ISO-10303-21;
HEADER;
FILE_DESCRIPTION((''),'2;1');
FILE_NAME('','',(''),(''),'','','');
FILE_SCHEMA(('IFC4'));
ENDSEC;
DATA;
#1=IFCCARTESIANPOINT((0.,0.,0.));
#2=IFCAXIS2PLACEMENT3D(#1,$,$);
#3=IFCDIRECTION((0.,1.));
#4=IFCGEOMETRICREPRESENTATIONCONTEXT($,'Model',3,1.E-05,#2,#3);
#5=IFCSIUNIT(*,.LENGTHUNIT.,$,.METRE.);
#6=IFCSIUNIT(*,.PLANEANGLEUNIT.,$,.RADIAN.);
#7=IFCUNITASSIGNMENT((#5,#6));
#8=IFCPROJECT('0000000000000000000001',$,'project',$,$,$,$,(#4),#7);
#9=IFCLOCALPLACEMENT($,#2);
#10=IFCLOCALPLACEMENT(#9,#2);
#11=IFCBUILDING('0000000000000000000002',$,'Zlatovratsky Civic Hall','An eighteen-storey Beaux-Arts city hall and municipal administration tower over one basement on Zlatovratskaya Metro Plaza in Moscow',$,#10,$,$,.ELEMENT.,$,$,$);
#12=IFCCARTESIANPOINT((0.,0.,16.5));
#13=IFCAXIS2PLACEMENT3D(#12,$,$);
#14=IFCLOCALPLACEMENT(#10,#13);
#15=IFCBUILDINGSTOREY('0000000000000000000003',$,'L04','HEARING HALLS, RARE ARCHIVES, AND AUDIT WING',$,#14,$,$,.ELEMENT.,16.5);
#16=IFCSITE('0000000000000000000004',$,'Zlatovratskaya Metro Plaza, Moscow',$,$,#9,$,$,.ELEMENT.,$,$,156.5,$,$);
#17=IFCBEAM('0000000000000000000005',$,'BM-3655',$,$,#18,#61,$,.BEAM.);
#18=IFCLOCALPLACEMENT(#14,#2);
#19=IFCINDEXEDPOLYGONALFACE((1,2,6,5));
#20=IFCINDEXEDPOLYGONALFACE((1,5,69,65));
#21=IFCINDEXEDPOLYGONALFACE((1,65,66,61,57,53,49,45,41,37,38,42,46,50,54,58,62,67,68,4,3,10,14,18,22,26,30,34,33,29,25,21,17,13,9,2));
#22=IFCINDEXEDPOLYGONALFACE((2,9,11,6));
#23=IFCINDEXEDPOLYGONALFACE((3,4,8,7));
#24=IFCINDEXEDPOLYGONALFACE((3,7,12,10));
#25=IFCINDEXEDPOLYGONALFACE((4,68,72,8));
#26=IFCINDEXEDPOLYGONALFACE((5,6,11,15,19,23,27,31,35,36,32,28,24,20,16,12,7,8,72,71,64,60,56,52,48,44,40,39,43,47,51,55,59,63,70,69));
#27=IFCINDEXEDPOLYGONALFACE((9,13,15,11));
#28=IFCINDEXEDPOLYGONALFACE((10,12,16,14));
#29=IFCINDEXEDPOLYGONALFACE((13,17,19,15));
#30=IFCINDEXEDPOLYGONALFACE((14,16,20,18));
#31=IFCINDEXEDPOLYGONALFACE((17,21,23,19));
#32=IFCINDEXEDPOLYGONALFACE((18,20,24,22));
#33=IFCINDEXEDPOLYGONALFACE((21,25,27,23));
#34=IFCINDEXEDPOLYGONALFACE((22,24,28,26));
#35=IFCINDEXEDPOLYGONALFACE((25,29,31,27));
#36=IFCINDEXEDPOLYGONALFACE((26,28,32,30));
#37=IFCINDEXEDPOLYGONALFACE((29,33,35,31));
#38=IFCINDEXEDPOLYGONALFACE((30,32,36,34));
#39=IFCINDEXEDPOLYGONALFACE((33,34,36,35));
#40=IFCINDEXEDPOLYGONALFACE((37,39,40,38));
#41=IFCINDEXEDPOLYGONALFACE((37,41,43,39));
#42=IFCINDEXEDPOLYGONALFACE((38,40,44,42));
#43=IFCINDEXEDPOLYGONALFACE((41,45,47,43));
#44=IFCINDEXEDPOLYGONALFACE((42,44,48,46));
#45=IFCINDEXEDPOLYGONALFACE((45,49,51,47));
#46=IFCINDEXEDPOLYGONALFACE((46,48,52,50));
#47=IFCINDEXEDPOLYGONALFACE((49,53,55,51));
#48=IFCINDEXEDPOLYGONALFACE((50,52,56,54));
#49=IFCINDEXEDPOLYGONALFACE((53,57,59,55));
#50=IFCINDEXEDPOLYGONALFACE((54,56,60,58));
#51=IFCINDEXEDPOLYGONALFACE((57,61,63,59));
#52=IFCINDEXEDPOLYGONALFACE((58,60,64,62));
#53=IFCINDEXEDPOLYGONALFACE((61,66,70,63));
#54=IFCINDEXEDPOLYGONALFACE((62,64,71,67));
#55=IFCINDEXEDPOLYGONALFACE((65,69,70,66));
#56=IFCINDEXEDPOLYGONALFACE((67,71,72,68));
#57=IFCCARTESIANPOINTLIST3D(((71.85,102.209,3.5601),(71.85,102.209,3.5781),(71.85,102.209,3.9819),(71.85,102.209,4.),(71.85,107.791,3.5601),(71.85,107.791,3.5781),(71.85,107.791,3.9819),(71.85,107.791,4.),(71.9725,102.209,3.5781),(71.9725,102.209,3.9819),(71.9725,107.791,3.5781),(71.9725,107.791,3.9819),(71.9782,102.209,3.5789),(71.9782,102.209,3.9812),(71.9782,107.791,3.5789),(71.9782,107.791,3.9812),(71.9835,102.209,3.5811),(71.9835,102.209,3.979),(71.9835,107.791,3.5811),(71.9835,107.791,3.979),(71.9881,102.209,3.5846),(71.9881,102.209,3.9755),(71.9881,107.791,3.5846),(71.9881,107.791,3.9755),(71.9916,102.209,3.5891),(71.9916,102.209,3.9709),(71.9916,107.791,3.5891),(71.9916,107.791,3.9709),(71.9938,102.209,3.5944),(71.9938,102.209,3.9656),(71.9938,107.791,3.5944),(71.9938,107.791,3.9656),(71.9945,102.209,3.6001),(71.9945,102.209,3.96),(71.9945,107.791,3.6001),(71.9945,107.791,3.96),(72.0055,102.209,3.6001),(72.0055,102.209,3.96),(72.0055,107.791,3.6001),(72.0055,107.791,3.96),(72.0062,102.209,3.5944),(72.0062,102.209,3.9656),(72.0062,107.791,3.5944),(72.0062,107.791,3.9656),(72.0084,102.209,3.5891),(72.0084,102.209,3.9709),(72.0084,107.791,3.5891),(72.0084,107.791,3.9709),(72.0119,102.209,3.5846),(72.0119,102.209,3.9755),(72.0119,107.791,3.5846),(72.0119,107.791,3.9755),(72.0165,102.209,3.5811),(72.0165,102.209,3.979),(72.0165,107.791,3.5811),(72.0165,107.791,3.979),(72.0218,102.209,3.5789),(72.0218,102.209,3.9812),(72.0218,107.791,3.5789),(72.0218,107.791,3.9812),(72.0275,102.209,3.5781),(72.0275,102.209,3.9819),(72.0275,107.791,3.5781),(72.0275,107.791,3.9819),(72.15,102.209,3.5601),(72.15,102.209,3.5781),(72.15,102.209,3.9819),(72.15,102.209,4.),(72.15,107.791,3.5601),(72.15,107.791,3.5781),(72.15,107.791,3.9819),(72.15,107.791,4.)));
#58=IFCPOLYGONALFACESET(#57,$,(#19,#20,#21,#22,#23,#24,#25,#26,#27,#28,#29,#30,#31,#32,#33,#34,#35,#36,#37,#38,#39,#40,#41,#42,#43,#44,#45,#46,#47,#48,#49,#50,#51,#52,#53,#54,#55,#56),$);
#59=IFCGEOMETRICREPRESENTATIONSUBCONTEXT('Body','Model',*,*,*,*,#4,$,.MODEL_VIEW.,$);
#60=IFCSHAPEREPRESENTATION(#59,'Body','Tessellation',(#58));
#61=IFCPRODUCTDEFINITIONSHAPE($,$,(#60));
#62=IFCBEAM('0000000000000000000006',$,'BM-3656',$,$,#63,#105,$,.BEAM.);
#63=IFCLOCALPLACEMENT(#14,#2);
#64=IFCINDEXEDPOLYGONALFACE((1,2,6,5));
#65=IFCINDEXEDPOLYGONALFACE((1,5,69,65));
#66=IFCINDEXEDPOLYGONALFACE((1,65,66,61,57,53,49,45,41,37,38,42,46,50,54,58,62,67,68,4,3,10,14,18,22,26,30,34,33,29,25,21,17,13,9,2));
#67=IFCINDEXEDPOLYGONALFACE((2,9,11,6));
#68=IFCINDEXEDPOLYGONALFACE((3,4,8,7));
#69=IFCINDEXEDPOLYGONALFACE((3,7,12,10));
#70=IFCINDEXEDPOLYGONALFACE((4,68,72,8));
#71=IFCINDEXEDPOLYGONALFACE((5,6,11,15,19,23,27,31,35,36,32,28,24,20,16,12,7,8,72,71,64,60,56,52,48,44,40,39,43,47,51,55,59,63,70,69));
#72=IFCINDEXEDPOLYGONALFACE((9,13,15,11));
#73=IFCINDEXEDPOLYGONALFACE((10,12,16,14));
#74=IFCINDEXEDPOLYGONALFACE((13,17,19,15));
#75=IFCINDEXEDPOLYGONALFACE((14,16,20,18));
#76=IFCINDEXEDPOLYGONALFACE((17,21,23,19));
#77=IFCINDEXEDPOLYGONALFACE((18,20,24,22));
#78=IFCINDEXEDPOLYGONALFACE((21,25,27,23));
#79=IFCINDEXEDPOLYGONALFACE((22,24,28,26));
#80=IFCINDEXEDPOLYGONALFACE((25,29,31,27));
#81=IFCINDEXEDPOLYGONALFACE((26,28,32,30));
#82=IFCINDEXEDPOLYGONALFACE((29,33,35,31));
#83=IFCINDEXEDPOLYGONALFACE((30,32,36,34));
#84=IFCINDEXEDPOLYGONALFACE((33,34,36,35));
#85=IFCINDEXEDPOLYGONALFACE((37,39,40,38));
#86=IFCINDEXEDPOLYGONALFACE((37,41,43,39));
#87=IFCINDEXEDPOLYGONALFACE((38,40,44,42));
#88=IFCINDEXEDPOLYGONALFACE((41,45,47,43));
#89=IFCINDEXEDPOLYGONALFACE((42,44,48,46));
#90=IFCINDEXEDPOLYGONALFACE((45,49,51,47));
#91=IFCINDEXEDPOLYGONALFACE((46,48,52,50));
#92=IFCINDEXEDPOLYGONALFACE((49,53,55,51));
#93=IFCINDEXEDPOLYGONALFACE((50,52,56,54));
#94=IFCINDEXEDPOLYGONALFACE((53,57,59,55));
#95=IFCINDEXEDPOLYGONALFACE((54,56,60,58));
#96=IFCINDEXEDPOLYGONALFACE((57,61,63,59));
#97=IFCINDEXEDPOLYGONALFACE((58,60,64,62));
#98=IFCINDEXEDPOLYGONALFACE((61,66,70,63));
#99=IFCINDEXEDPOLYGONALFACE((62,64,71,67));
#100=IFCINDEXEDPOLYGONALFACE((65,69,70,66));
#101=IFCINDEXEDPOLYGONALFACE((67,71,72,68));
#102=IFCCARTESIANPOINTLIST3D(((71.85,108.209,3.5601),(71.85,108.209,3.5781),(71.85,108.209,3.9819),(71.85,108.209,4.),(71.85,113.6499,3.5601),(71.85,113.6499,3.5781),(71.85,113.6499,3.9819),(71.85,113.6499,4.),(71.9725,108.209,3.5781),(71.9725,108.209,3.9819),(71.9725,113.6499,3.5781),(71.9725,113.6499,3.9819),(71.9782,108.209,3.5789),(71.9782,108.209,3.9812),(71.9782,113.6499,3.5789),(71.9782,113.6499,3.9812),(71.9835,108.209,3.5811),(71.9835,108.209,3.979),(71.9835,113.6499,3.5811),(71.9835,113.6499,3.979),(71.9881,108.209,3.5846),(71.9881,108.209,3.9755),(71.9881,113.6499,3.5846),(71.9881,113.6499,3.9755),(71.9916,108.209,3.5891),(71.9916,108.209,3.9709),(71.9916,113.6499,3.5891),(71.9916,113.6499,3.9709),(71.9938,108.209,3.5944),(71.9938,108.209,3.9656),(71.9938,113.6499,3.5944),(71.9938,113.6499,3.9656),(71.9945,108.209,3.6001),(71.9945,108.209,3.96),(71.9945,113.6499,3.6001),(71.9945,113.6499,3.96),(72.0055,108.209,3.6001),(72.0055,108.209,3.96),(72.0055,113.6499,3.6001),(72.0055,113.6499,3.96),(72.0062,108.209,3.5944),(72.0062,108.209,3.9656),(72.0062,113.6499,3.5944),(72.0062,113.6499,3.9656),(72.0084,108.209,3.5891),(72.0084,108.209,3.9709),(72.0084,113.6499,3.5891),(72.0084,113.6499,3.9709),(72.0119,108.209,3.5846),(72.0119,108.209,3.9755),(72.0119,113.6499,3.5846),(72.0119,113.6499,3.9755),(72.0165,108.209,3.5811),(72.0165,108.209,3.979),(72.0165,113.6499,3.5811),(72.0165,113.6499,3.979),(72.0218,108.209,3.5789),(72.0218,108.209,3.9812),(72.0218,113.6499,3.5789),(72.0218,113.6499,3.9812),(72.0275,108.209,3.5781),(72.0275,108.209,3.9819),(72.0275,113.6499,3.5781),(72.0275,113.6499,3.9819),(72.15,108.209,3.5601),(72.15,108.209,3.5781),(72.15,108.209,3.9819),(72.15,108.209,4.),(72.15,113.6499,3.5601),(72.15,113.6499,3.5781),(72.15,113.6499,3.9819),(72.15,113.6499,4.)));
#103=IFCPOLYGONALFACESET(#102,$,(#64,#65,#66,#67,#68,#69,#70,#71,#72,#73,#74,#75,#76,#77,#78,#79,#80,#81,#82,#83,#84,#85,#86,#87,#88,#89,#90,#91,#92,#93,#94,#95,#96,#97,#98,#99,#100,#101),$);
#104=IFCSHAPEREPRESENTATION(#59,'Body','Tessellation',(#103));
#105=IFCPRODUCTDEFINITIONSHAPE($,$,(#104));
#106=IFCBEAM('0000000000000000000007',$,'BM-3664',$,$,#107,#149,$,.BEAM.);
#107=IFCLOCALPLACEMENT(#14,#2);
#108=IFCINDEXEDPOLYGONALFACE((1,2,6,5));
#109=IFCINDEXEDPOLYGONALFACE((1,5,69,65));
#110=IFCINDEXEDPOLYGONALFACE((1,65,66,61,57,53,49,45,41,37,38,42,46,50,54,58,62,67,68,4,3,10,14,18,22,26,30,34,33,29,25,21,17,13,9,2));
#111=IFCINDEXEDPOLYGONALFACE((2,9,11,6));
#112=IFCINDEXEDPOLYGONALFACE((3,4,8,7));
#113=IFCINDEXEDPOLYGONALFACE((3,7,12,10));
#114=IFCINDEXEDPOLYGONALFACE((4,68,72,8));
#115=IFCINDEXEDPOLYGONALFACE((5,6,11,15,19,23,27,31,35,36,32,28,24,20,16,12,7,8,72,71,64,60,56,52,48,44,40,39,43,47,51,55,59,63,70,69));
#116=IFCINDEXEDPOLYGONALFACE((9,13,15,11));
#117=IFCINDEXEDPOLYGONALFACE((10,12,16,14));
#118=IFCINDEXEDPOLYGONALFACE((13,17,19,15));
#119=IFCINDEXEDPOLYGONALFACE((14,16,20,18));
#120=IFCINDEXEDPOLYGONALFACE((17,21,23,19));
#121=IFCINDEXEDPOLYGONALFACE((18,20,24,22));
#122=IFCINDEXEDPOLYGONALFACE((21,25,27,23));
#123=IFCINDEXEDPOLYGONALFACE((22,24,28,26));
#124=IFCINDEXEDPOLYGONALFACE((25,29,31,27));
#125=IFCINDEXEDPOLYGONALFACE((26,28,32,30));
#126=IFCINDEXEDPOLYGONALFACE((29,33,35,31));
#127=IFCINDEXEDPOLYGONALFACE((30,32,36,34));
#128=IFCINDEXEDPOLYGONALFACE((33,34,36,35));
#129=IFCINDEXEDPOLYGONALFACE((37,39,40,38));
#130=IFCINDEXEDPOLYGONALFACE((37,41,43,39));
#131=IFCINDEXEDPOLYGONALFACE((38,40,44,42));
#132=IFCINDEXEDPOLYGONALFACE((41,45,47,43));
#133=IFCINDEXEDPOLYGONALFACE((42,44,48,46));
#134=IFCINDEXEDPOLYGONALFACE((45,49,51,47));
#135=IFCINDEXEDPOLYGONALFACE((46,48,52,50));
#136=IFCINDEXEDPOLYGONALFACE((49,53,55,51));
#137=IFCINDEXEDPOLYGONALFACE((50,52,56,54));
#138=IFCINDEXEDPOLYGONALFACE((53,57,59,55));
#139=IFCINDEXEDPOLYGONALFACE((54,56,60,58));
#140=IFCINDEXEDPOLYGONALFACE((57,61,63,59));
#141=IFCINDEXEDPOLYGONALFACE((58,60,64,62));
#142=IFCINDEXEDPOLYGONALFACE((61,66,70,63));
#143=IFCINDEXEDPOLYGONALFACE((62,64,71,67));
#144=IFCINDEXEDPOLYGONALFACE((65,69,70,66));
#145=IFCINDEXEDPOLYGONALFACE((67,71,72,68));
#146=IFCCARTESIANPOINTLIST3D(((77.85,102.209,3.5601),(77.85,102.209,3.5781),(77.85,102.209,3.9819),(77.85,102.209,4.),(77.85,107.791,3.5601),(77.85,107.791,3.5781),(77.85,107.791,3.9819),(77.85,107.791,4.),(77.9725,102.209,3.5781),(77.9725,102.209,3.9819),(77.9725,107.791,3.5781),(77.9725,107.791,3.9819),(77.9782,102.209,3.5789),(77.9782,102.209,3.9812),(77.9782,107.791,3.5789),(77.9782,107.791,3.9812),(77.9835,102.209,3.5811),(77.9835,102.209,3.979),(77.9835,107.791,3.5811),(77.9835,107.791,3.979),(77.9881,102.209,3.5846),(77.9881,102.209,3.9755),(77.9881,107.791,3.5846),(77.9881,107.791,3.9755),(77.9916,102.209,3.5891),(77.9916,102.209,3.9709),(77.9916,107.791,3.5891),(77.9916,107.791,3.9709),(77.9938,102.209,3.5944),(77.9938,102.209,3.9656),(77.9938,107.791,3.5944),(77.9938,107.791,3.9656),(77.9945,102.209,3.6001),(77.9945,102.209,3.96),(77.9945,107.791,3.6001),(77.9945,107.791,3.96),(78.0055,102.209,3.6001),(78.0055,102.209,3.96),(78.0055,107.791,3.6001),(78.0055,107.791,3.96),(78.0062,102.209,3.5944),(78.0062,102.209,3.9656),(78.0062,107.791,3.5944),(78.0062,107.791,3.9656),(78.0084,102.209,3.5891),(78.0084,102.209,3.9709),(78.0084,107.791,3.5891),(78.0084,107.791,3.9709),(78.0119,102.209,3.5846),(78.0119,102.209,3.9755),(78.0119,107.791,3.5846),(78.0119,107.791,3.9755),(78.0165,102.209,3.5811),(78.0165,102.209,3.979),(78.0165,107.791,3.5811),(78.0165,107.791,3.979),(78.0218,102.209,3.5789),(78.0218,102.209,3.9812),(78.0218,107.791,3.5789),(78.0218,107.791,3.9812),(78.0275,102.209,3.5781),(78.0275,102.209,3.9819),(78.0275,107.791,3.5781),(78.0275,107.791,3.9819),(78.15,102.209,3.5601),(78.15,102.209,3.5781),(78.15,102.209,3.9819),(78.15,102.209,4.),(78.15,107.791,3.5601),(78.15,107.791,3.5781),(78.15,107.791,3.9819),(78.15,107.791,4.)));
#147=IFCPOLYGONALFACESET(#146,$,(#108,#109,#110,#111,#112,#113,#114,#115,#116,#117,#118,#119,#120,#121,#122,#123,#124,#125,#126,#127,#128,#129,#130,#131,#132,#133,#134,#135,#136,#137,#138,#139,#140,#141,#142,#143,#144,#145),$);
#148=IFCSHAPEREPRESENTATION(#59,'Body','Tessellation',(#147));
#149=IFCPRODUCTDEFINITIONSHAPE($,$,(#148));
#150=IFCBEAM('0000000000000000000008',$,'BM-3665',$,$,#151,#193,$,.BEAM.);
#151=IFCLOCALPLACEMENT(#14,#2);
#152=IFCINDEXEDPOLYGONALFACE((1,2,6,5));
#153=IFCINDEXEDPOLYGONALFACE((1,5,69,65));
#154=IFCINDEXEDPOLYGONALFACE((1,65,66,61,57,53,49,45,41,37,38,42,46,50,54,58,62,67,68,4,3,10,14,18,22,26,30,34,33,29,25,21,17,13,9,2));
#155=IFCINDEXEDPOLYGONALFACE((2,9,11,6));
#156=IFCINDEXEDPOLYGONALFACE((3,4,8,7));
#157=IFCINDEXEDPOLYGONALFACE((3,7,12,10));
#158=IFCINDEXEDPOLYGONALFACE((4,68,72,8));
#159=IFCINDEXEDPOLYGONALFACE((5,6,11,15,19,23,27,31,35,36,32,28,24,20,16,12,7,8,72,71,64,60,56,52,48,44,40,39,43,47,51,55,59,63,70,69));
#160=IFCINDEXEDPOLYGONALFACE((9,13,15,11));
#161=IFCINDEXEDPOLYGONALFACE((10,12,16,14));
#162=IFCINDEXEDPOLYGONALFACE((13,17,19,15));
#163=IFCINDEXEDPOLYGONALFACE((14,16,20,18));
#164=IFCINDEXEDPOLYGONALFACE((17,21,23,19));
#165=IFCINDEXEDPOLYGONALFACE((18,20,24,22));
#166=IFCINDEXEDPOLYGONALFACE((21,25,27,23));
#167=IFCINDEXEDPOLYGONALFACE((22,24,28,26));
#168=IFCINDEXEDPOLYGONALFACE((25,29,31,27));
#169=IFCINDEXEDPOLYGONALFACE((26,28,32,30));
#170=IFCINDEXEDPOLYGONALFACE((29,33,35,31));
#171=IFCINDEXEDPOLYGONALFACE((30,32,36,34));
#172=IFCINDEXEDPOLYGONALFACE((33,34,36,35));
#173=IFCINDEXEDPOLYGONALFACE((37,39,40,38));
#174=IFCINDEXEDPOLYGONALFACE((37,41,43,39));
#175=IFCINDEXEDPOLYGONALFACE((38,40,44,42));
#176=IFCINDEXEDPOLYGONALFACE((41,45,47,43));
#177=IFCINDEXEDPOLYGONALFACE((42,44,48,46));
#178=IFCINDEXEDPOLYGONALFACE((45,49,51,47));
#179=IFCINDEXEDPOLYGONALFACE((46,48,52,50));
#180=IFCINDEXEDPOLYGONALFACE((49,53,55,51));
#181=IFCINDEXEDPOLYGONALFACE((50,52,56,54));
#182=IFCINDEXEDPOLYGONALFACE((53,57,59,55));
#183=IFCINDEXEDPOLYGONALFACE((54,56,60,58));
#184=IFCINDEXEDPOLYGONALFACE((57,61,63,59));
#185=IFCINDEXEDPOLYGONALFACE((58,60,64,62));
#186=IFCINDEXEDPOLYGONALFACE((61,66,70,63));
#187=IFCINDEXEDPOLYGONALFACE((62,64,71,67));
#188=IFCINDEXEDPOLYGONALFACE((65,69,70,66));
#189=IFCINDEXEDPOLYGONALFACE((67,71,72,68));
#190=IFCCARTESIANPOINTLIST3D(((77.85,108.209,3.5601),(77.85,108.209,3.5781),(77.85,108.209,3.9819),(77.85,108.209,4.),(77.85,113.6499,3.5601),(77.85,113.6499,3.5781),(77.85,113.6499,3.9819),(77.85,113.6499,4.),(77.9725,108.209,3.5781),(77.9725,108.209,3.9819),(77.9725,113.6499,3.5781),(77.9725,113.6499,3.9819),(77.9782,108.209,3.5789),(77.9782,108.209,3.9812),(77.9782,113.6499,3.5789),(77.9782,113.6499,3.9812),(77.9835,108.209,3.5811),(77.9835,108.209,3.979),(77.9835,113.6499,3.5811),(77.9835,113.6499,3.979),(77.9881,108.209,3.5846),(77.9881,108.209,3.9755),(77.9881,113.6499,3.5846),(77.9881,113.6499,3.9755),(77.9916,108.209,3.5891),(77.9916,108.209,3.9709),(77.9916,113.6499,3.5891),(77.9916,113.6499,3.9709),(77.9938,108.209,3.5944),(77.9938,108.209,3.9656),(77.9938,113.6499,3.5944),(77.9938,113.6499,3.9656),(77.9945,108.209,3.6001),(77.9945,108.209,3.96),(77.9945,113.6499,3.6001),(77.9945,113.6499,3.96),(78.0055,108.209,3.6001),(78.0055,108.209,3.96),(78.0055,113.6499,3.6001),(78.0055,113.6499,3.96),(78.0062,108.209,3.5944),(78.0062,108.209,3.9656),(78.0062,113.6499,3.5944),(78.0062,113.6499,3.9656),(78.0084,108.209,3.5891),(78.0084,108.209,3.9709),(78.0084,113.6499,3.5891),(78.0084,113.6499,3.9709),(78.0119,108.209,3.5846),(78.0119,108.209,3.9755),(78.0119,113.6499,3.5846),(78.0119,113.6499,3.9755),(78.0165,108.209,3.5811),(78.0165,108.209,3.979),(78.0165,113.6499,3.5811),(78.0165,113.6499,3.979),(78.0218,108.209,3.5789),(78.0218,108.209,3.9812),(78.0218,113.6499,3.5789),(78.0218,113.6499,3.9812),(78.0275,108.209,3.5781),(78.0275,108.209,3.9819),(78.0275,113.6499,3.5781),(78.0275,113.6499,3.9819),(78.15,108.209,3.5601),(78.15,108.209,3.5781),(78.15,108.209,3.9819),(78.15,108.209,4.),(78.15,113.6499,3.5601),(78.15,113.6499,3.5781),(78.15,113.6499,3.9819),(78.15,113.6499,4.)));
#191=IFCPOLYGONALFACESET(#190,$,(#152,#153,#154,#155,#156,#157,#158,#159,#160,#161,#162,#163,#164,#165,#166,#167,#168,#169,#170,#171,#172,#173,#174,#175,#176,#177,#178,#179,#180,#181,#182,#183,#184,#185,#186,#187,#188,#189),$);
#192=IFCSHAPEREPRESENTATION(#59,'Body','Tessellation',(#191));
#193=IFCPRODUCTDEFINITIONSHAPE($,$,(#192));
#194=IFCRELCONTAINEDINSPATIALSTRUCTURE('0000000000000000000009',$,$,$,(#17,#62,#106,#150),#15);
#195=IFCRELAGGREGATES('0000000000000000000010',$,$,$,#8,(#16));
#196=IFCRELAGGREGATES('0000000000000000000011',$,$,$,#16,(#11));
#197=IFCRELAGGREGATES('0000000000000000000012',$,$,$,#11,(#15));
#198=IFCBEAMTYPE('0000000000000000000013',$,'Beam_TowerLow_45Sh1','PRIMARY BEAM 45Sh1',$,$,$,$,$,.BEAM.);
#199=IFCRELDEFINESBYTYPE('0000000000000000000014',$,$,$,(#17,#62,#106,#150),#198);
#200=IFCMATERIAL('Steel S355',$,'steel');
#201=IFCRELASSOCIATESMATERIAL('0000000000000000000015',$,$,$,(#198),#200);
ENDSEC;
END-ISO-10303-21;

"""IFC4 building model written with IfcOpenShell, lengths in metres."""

from ifc_helpers import new_model, si_unit, direction, frame, origin, origin_2d, place, context, subcontext, project, spatial, i_section, extrude, material, material_profile, profile_set, type_object, element, save


model = new_model("IFC4")

# Units and contexts
model_context = context("Model", 3, precision=1e-05, world=origin(), true_north=direction((0.0, 1.0)))
body_context = subcontext(model_context, "Body", "Model", "MODEL_VIEW")
ifc_project = project(units=[si_unit("LENGTHUNIT", "METRE"), si_unit("PLANEANGLEUNIT", "RADIAN")], contexts=[model_context])

# Site, building, storey
site_placement = place(None, origin())
site = spatial("IfcSite", under=ifc_project, at=site_placement, Name="Zlatovratskaya Metro Plaza, Moscow", CompositionType="ELEMENT", RefElevation=156.5)
building_placement = place(site_placement, origin())
building = spatial("IfcBuilding", under=site, at=building_placement, Name="Zlatovratsky Civic Hall", Description="An eighteen-storey Beaux-Arts city hall and municipal administration tower over one basement on Zlatovratskaya Metro Plaza in Moscow", CompositionType="ELEMENT")
storey_placement = place(building_placement, frame((0.0, 0.0, 16.5)))
storey = spatial("IfcBuildingStorey", under=building, at=storey_placement, Name="L04", Description="HEARING HALLS, RARE ARCHIVES, AND AUDIT WING", CompositionType="ELEMENT", Elevation=16.5)

# Shared definitions
ifc_material_1 = material(Name="Steel S355", Category="steel")

# Beams
ifc_material_profile_1 = material_profile(ifc_material_1, i_section(OverallWidth=0.3, OverallDepth=0.4399, WebThickness=0.011, FlangeThickness=0.0181, FilletRadius=0.022, at=origin_2d()), Name="45Sh1")
ifc_profile_set_1 = profile_set([ifc_material_profile_1], Name="Steel S355")
beam_type_1 = type_object("IfcBeamType", Name="Beam_TowerLow_45Sh1", Description="PRIMARY BEAM 45Sh1", PredefinedType="BEAM", material=ifc_profile_set_1)
beam_1_placement = place(storey_placement, frame((72.0, 102.209, 3.78), z_axis=(0.0, 1.0, 0.0), x_axis=(-1.0, 0.0, 0.0)))
element("IfcBeam", 1, at=beam_1_placement, inside=storey, type_object=beam_type_1, Name="BM-3655", PredefinedType="BEAM", context=body_context, shape_type="SweptSolid", body=[
    extrude(i_section(OverallWidth=0.3, OverallDepth=0.4399, WebThickness=0.011, FlangeThickness=0.0181, FilletRadius=0.022, at=origin_2d()), origin(), (0.0, 0.0, 1.0), 5.582),
])
beam_2_placement = place(storey_placement, frame((72.0, 108.209, 3.78), z_axis=(0.0, 1.0, 0.0), x_axis=(-1.0, 0.0, 0.0)))
element("IfcBeam", 2, at=beam_2_placement, inside=storey, type_object=beam_type_1, Name="BM-3656", PredefinedType="BEAM", context=body_context, shape_type="SweptSolid", body=[
    extrude(i_section(OverallWidth=0.3, OverallDepth=0.4399, WebThickness=0.011, FlangeThickness=0.0181, FilletRadius=0.022, at=origin_2d()), origin(), (0.0, 0.0, 1.0), 5.4409),
])
beam_3_placement = place(storey_placement, frame((78.0, 102.209, 3.78), z_axis=(0.0, 1.0, 0.0), x_axis=(-1.0, 0.0, 0.0)))
element("IfcBeam", 3, at=beam_3_placement, inside=storey, type_object=beam_type_1, Name="BM-3664", PredefinedType="BEAM", context=body_context, shape_type="SweptSolid", body=[
    extrude(i_section(OverallWidth=0.3, OverallDepth=0.4399, WebThickness=0.011, FlangeThickness=0.0181, FilletRadius=0.022, at=origin_2d()), origin(), (0.0, 0.0, 1.0), 5.582),
])
beam_4_placement = place(storey_placement, frame((78.0, 108.209, 3.78), z_axis=(0.0, 1.0, 0.0), x_axis=(-1.0, 0.0, 0.0)))
element("IfcBeam", 4, at=beam_4_placement, inside=storey, type_object=beam_type_1, Name="BM-3665", PredefinedType="BEAM", context=body_context, shape_type="SweptSolid", body=[
    extrude(i_section(OverallWidth=0.3, OverallDepth=0.4399, WebThickness=0.011, FlangeThickness=0.0181, FilletRadius=0.022, at=origin_2d()), origin(), (0.0, 0.0, 1.0), 5.4409),
])

save(model, "model.ifc")
